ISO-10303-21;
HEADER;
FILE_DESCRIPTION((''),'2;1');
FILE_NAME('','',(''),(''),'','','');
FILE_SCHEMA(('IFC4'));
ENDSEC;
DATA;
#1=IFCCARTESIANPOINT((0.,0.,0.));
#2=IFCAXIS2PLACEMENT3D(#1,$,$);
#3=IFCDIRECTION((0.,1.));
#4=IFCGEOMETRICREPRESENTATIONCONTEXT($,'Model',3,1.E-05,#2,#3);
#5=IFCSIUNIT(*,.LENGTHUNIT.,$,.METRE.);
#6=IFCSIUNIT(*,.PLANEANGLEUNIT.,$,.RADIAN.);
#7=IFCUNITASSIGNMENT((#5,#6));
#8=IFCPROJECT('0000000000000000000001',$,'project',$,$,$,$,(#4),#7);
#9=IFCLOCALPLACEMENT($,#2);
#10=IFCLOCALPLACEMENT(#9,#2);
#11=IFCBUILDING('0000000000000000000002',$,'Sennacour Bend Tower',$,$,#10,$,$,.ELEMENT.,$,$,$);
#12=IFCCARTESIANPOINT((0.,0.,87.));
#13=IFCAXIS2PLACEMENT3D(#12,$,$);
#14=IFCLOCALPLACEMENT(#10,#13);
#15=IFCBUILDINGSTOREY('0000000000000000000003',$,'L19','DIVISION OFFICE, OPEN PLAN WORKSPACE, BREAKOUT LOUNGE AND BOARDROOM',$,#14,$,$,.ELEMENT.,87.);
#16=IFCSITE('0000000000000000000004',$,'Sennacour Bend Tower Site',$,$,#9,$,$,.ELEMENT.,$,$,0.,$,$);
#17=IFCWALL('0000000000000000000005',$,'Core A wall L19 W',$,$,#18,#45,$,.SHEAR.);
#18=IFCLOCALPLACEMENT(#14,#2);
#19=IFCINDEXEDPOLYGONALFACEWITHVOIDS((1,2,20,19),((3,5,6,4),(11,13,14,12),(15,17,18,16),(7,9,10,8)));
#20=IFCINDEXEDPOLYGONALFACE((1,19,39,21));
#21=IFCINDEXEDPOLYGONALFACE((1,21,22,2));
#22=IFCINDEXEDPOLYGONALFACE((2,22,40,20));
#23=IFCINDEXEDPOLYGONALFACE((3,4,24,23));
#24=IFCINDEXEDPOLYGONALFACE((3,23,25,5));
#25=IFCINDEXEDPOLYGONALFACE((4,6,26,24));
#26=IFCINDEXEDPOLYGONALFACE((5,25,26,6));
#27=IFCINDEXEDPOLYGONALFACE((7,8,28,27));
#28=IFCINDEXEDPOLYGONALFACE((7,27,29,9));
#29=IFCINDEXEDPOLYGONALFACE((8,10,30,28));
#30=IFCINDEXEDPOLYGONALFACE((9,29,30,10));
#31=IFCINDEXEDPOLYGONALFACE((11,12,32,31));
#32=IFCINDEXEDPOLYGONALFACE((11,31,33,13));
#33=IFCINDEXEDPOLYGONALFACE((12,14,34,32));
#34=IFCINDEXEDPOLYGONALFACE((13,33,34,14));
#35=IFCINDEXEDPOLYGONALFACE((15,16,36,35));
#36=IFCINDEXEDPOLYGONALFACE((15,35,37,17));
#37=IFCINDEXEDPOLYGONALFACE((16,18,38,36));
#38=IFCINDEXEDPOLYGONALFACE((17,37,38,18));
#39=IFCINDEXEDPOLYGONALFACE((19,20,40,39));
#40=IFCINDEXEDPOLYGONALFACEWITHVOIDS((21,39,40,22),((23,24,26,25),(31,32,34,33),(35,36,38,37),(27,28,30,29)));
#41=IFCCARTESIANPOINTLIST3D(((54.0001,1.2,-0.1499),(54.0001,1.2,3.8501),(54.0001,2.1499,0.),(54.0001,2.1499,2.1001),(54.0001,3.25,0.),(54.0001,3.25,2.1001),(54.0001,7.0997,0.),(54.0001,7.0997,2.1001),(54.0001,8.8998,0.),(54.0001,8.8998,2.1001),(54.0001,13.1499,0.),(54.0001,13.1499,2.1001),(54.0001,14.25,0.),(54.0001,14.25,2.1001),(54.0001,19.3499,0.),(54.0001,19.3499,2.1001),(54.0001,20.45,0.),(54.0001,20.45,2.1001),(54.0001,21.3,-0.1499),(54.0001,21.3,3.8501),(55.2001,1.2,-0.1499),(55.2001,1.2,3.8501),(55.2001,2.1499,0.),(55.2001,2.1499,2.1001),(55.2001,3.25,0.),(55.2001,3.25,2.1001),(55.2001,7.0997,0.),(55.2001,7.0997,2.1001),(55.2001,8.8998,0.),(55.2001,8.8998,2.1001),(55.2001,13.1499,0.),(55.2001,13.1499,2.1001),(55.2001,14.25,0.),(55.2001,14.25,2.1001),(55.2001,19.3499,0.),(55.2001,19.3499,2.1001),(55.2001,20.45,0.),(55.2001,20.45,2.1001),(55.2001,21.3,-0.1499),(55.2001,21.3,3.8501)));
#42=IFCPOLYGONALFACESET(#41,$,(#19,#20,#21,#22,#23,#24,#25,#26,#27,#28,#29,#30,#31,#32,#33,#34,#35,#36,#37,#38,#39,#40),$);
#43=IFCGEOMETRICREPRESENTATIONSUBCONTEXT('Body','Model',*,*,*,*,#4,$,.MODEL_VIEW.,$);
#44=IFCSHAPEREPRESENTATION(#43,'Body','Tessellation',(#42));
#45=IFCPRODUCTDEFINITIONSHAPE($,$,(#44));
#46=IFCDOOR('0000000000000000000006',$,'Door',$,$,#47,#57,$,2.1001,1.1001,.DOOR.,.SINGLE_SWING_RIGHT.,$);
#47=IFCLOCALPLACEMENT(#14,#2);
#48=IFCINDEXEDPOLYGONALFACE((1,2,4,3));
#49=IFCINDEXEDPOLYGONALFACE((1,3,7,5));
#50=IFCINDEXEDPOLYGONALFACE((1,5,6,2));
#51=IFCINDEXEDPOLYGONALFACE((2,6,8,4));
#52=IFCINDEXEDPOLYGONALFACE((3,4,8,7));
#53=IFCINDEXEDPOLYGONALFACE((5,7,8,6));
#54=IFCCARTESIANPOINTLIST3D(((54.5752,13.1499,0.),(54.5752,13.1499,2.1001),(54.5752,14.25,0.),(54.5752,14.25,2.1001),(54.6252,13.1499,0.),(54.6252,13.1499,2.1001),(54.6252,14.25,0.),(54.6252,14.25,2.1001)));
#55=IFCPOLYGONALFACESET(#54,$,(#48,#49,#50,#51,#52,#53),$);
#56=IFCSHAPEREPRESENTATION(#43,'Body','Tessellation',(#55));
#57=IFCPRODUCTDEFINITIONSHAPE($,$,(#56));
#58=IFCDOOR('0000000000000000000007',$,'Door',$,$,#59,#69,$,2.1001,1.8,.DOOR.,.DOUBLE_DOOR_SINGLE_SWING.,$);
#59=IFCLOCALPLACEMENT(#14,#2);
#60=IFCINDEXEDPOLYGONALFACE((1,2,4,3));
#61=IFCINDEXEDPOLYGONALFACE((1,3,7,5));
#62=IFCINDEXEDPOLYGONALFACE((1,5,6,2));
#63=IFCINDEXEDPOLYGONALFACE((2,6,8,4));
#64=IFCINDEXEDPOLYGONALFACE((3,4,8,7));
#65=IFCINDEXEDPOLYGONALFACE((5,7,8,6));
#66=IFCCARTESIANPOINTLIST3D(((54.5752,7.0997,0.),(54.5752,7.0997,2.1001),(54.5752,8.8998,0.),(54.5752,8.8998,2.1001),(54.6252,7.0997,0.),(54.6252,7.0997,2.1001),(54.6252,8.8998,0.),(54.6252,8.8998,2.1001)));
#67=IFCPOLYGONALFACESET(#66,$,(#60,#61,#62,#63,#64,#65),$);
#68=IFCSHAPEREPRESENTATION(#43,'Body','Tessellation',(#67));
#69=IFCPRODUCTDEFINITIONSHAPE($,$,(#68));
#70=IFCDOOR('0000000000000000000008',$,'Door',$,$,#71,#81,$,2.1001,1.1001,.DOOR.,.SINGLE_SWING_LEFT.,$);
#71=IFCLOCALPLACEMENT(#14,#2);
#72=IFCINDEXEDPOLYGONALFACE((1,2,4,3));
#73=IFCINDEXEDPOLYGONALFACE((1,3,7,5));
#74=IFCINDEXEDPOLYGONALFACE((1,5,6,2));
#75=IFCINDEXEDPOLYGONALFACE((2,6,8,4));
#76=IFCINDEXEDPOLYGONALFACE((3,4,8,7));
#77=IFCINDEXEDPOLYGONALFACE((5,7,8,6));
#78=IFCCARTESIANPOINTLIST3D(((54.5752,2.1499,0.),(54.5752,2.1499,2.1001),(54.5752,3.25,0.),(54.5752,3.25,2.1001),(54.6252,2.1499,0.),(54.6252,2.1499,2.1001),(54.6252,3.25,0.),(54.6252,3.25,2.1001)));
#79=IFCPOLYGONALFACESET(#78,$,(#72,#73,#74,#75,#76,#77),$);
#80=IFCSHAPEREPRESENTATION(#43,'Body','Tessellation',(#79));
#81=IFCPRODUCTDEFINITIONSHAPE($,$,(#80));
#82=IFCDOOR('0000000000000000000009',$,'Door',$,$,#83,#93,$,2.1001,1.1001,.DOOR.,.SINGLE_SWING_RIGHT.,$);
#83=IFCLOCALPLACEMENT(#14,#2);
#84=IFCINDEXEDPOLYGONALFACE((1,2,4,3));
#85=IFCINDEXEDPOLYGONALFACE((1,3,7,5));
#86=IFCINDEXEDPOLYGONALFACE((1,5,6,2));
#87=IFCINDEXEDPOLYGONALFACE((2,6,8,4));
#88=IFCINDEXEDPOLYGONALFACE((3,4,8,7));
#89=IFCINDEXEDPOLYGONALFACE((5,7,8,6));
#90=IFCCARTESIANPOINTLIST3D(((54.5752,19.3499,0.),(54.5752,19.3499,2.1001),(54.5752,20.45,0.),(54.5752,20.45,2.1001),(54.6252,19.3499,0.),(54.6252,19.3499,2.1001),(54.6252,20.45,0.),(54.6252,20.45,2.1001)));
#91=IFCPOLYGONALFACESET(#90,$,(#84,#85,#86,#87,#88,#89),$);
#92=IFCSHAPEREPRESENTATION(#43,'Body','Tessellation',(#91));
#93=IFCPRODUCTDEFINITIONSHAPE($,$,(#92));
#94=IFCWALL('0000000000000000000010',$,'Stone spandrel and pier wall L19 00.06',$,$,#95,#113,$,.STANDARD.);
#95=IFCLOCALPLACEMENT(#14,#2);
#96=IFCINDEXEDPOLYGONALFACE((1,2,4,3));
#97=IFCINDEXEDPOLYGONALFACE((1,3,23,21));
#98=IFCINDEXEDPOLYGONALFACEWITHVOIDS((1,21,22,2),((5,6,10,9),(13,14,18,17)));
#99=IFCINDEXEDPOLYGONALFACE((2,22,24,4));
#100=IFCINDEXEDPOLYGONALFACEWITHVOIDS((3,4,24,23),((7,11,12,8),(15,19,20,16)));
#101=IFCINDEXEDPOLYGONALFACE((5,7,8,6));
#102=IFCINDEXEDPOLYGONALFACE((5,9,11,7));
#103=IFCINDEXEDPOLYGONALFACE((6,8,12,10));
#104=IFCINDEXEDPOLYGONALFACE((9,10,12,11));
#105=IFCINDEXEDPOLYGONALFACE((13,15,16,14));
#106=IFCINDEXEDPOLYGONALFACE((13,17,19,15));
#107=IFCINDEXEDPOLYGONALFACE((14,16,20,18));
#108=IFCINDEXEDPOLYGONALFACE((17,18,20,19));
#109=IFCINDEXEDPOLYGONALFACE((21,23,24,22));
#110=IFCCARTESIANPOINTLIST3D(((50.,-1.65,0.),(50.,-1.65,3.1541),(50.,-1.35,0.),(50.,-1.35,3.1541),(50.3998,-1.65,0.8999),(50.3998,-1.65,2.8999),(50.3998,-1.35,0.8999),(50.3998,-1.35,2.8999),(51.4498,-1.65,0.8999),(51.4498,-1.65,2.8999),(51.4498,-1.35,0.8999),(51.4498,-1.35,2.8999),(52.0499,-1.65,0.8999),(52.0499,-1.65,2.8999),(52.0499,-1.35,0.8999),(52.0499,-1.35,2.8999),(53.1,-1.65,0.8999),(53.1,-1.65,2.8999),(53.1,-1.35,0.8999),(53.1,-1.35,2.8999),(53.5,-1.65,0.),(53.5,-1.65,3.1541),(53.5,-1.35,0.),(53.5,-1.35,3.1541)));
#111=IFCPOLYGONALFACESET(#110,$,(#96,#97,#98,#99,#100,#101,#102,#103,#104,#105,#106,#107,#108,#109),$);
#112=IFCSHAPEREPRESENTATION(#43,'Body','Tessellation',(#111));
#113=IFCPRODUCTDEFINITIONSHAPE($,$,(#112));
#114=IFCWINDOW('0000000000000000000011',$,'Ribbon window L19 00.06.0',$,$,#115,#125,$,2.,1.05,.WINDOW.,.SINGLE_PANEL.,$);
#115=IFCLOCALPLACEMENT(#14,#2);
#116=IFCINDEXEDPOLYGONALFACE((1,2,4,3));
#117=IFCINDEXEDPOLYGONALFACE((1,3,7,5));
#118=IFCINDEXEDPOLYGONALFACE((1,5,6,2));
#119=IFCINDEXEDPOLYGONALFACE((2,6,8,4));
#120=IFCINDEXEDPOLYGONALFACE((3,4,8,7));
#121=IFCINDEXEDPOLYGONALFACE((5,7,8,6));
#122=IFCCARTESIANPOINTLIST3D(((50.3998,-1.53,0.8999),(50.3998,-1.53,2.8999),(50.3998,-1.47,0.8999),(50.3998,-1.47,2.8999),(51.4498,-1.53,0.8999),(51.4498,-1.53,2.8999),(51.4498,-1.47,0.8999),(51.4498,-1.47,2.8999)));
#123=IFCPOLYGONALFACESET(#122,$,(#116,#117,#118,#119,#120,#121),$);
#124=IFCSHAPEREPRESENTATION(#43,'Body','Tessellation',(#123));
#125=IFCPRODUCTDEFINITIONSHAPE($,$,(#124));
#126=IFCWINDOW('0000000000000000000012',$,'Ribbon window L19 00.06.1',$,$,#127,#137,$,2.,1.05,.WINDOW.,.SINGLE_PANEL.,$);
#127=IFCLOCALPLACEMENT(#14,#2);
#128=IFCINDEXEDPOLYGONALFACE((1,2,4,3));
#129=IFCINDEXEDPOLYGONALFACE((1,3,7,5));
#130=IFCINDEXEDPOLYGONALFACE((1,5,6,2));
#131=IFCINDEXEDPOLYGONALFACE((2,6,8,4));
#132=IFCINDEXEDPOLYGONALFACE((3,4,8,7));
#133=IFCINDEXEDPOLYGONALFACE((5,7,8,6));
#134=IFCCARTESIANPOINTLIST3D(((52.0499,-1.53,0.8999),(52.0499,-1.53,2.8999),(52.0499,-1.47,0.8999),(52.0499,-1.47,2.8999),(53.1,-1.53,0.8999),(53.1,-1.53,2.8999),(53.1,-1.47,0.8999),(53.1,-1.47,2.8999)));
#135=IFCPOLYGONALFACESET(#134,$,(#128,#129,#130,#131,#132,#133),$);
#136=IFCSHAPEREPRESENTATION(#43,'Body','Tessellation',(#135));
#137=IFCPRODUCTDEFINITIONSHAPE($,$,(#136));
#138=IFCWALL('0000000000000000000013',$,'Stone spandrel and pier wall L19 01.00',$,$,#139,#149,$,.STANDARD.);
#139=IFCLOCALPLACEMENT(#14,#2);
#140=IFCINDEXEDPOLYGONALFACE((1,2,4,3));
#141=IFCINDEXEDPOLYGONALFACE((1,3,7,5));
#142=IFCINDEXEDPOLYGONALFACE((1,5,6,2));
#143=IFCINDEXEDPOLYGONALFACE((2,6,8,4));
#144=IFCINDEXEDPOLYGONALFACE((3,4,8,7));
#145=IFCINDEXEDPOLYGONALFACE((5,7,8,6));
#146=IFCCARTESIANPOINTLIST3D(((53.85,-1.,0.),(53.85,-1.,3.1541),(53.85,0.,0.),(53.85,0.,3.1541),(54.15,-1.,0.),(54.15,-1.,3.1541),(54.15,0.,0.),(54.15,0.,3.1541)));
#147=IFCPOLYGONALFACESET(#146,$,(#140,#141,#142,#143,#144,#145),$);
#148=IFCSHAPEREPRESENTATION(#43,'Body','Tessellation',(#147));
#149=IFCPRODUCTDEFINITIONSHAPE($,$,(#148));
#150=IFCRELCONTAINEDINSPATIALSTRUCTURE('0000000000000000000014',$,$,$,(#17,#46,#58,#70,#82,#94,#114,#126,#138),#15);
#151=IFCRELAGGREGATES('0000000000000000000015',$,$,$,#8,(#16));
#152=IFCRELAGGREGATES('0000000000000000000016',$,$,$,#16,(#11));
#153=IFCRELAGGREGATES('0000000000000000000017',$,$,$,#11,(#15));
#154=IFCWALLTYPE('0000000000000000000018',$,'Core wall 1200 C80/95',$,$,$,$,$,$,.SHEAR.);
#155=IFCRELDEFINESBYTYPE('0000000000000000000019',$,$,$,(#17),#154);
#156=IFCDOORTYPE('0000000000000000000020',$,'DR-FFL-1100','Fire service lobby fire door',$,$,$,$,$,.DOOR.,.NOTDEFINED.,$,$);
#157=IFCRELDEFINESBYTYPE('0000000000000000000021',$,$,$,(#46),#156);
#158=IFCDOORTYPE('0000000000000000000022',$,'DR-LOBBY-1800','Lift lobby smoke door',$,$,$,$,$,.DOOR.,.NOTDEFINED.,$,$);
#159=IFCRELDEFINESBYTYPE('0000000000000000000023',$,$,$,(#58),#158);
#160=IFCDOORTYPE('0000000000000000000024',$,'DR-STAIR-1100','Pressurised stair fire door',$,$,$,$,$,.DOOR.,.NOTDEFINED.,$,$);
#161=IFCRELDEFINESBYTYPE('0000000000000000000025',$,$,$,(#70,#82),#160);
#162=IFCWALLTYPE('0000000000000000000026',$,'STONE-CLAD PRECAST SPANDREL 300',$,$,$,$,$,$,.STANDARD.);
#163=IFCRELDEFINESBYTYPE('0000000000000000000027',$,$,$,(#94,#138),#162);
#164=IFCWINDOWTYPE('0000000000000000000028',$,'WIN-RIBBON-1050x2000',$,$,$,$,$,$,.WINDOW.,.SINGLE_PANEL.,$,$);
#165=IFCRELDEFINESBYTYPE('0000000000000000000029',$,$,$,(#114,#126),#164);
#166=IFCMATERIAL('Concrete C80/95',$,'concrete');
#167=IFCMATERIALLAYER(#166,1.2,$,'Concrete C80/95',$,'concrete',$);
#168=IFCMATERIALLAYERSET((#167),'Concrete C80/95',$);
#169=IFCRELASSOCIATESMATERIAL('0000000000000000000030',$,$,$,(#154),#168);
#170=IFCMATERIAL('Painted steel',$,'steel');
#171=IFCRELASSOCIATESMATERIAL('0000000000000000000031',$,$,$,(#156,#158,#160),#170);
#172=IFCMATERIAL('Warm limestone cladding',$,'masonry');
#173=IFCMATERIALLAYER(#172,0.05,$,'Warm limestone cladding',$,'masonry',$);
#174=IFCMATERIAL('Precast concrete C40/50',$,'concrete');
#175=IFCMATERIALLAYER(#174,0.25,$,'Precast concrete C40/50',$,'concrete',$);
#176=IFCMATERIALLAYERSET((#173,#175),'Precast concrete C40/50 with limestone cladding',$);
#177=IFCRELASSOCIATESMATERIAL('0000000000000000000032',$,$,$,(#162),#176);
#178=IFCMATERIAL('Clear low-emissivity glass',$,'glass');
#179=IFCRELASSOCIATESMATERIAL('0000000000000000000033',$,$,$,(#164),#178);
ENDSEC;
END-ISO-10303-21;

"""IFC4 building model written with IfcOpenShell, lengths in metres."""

from ifc_helpers import new_model, si_unit, direction, frame, frame_2d, origin, place, context, subcontext, project, spatial, rectangle, extrude, material, layer, layer_set, type_object, element, fill, save


model = new_model("IFC4")

# Units and contexts
model_context = context("Model", 3, precision=1e-05, world=origin(), true_north=direction((0.0, 1.0)))
body_context = subcontext(model_context, "Body", "Model", "MODEL_VIEW")
ifc_project = project(units=[si_unit("LENGTHUNIT", "METRE"), si_unit("PLANEANGLEUNIT", "RADIAN")], contexts=[model_context])

# Site, building, storey
site_placement = place(None, origin())
site = spatial("IfcSite", under=ifc_project, at=site_placement, Name="Sennacour Bend Tower Site", CompositionType="ELEMENT", RefElevation=0.0)
building_placement = place(site_placement, origin())
building = spatial("IfcBuilding", under=site, at=building_placement, Name="Sennacour Bend Tower", CompositionType="ELEMENT")
storey_placement = place(building_placement, frame((0.0, 0.0, 87.0)))
storey = spatial("IfcBuildingStorey", under=building, at=storey_placement, Name="L19", Description="DIVISION OFFICE, OPEN PLAN WORKSPACE, BREAKOUT LOUNGE AND BOARDROOM", CompositionType="ELEMENT", Elevation=87.0)

# Wall, openings, doors
ifc_material_1 = material(Name="Concrete C80/95", Category="concrete")
ifc_layer_1 = layer(ifc_material_1, 1.2, Name="Concrete C80/95", Category="concrete")
ifc_layer_set_1 = layer_set([ifc_layer_1], Name="Concrete C80/95")
wall_type_1 = type_object("IfcWallType", Name="Core wall 1200 C80/95", PredefinedType="SHEAR", material=ifc_layer_set_1)
wall_1_placement = place(storey_placement, frame((54.6001, 1.2, -0.1499), z_axis=(0.0, 0.0, 1.0), x_axis=(0.0, 1.0, 0.0)))
wall_1 = element("IfcWall", 1, at=wall_1_placement, inside=storey, type_object=wall_type_1, Name="Core A wall L19 W", PredefinedType="SHEAR", context=body_context, shape_type="SweptSolid", body=[
    extrude(rectangle(XDim=20.1001, YDim=1.2, at=frame_2d((10.05, 0.0))), origin(), (0.0, 0.0, 1.0), 4.0),
])
opening_1_placement = place(wall_1_placement, frame((5.8999, 0.0, 0.1499)))
opening_1 = element("IfcOpeningElement", 2, at=opening_1_placement, cuts=wall_1, PredefinedType="OPENING", context=body_context, shape_type="SweptSolid", body=[
    extrude(rectangle(XDim=1.8, YDim=2.1001, at=frame_2d((0.8999, 1.05))), frame((0.0, 0.6099, 0.0), z_axis=(0.0, -1.0, 0.0), x_axis=(1.0, 0.0, 0.0)), (0.0, 0.0, 1.0), 1.22),
])
opening_2_placement = place(wall_1_placement, frame((11.95, 0.0, 0.1499)))
opening_2 = element("IfcOpeningElement", 3, at=opening_2_placement, cuts=wall_1, PredefinedType="OPENING", context=body_context, shape_type="SweptSolid", body=[
    extrude(rectangle(XDim=1.1001, YDim=2.1001, at=frame_2d((0.55, 1.05))), frame((0.0, 0.6099, 0.0), z_axis=(0.0, -1.0, 0.0), x_axis=(1.0, 0.0, 0.0)), (0.0, 0.0, 1.0), 1.22),
])
opening_3_placement = place(wall_1_placement, frame((0.95, 0.0, 0.1499)))
opening_3 = element("IfcOpeningElement", 4, at=opening_3_placement, cuts=wall_1, PredefinedType="OPENING", context=body_context, shape_type="SweptSolid", body=[
    extrude(rectangle(XDim=1.1001, YDim=2.1001, at=frame_2d((0.55, 1.05))), frame((0.0, 0.6099, 0.0), z_axis=(0.0, -1.0, 0.0), x_axis=(1.0, 0.0, 0.0)), (0.0, 0.0, 1.0), 1.22),
])
opening_4_placement = place(wall_1_placement, frame((18.1499, 0.0, 0.1499)))
opening_4 = element("IfcOpeningElement", 5, at=opening_4_placement, cuts=wall_1, PredefinedType="OPENING", context=body_context, shape_type="SweptSolid", body=[
    extrude(rectangle(XDim=1.1001, YDim=2.1001, at=frame_2d((0.55, 1.05))), frame((0.0, 0.6099, 0.0), z_axis=(0.0, -1.0, 0.0), x_axis=(1.0, 0.0, 0.0)), (0.0, 0.0, 1.0), 1.22),
])
ifc_material_2 = material(Name="Painted steel", Category="steel")
door_type_1 = type_object("IfcDoorType", Name="DR-FFL-1100", Description="Fire service lobby fire door", OperationType="NOTDEFINED", PredefinedType="DOOR", material=ifc_material_2)
door_1_placement = place(opening_2_placement, origin())
door_1 = element("IfcDoor", 6, at=door_1_placement, inside=storey, type_object=door_type_1, Name="Door", OperationType="SINGLE_SWING_RIGHT", OverallHeight=2.1001, OverallWidth=1.1001, PredefinedType="DOOR", context=body_context, shape_type="SweptSolid", body=[
    extrude(rectangle(XDim=1.1001, YDim=2.1001, at=frame_2d((0.55, 1.05))), frame((0.0, 0.0249, 0.0), z_axis=(0.0, -1.0, 0.0), x_axis=(1.0, 0.0, 0.0)), (0.0, 0.0, 1.0), 0.05),
])
fill(opening_2, door_1)
door_type_2 = type_object("IfcDoorType", Name="DR-LOBBY-1800", Description="Lift lobby smoke door", OperationType="NOTDEFINED", PredefinedType="DOOR", material=ifc_material_2)
door_2_placement = place(opening_1_placement, origin())
door_2 = element("IfcDoor", 7, at=door_2_placement, inside=storey, type_object=door_type_2, Name="Door", OperationType="DOUBLE_DOOR_SINGLE_SWING", OverallHeight=2.1001, OverallWidth=1.8, PredefinedType="DOOR", context=body_context, shape_type="SweptSolid", body=[
    extrude(rectangle(XDim=1.8, YDim=2.1001, at=frame_2d((0.8999, 1.05))), frame((0.0, 0.0249, 0.0), z_axis=(0.0, -1.0, 0.0), x_axis=(1.0, 0.0, 0.0)), (0.0, 0.0, 1.0), 0.05),
])
fill(opening_1, door_2)
door_type_3 = type_object("IfcDoorType", Name="DR-STAIR-1100", Description="Pressurised stair fire door", OperationType="NOTDEFINED", PredefinedType="DOOR", material=ifc_material_2)
door_3_placement = place(opening_3_placement, origin())
door_3 = element("IfcDoor", 8, at=door_3_placement, inside=storey, type_object=door_type_3, Name="Door", OperationType="SINGLE_SWING_LEFT", OverallHeight=2.1001, OverallWidth=1.1001, PredefinedType="DOOR", context=body_context, shape_type="SweptSolid", body=[
    extrude(rectangle(XDim=1.1001, YDim=2.1001, at=frame_2d((0.55, 1.05))), frame((0.0, 0.0249, 0.0), z_axis=(0.0, -1.0, 0.0), x_axis=(1.0, 0.0, 0.0)), (0.0, 0.0, 1.0), 0.05),
])
fill(opening_3, door_3)
door_4_placement = place(opening_4_placement, origin())
door_4 = element("IfcDoor", 9, at=door_4_placement, inside=storey, type_object=door_type_3, Name="Door", OperationType="SINGLE_SWING_RIGHT", OverallHeight=2.1001, OverallWidth=1.1001, PredefinedType="DOOR", context=body_context, shape_type="SweptSolid", body=[
    extrude(rectangle(XDim=1.1001, YDim=2.1001, at=frame_2d((0.55, 1.05))), frame((0.0, 0.0249, 0.0), z_axis=(0.0, -1.0, 0.0), x_axis=(1.0, 0.0, 0.0)), (0.0, 0.0, 1.0), 0.05),
])
fill(opening_4, door_4)

# Wall, openings, windows
ifc_material_3 = material(Name="Warm limestone cladding", Category="masonry")
ifc_layer_2 = layer(ifc_material_3, 0.05, Name="Warm limestone cladding", Category="masonry")
ifc_material_4 = material(Name="Precast concrete C40/50", Category="concrete")
ifc_layer_3 = layer(ifc_material_4, 0.25, Name="Precast concrete C40/50", Category="concrete")
ifc_layer_set_2 = layer_set([ifc_layer_2, ifc_layer_3], Name="Precast concrete C40/50 with limestone cladding")
wall_type_2 = type_object("IfcWallType", Name="STONE-CLAD PRECAST SPANDREL 300", PredefinedType="STANDARD", material=ifc_layer_set_2)
wall_2_placement = place(storey_placement, frame((50.0, -1.5, 0.0), z_axis=(0.0, 0.0, 1.0), x_axis=(1.0, 0.0, 0.0)))
wall_2 = element("IfcWall", 10, at=wall_2_placement, inside=storey, type_object=wall_type_2, Name="Stone spandrel and pier wall L19 00.06", PredefinedType="STANDARD", context=body_context, shape_type="SweptSolid", body=[
    extrude(rectangle(XDim=3.5, YDim=0.3, at=frame_2d((1.75, 0.0))), origin(), (0.0, 0.0, 1.0), 3.1541),
])
opening_5_placement = place(wall_2_placement, frame((0.3999, 0.0, 0.8999)))
opening_5 = element("IfcOpeningElement", 11, at=opening_5_placement, cuts=wall_2, PredefinedType="OPENING", context=body_context, shape_type="SweptSolid", body=[
    extrude(rectangle(XDim=1.05, YDim=2.0, at=frame_2d((0.5249, 1.0))), frame((0.0, 0.1602, 0.0), z_axis=(0.0, -1.0, 0.0), x_axis=(1.0, 0.0, 0.0)), (0.0, 0.0, 1.0), 0.3201),
])
opening_6_placement = place(wall_2_placement, frame((2.05, 0.0, 0.8999)))
opening_6 = element("IfcOpeningElement", 12, at=opening_6_placement, cuts=wall_2, PredefinedType="OPENING", context=body_context, shape_type="SweptSolid", body=[
    extrude(rectangle(XDim=1.05, YDim=2.0, at=frame_2d((0.5249, 1.0))), frame((0.0, 0.1602, 0.0), z_axis=(0.0, -1.0, 0.0), x_axis=(1.0, 0.0, 0.0)), (0.0, 0.0, 1.0), 0.3201),
])
ifc_material_5 = material(Name="Clear low-emissivity glass", Category="glass")
window_type = type_object("IfcWindowType", Name="WIN-RIBBON-1050x2000", PartitioningType="SINGLE_PANEL", PredefinedType="WINDOW", material=ifc_material_5)
window_1_placement = place(opening_5_placement, origin())
window_1 = element("IfcWindow", 13, at=window_1_placement, inside=storey, type_object=window_type, Name="Ribbon window L19 00.06.0", OverallHeight=2.0, OverallWidth=1.05, PartitioningType="SINGLE_PANEL", PredefinedType="WINDOW", context=body_context, shape_type="SweptSolid", body=[
    extrude(rectangle(XDim=1.05, YDim=2.0, at=frame_2d((0.5249, 1.0))), frame((0.0, 0.03, 0.0), z_axis=(0.0, -1.0, 0.0), x_axis=(1.0, 0.0, 0.0)), (0.0, 0.0, 1.0), 0.0601),
])
fill(opening_5, window_1)
window_2_placement = place(opening_6_placement, origin())
window_2 = element("IfcWindow", 14, at=window_2_placement, inside=storey, type_object=window_type, Name="Ribbon window L19 00.06.1", OverallHeight=2.0, OverallWidth=1.05, PartitioningType="SINGLE_PANEL", PredefinedType="WINDOW", context=body_context, shape_type="SweptSolid", body=[
    extrude(rectangle(XDim=1.05, YDim=2.0, at=frame_2d((0.5249, 1.0))), frame((0.0, 0.03, 0.0), z_axis=(0.0, -1.0, 0.0), x_axis=(1.0, 0.0, 0.0)), (0.0, 0.0, 1.0), 0.0601),
])
fill(opening_6, window_2)

# Wall
wall_3_placement = place(storey_placement, frame((54.0, -1.0, 0.0), z_axis=(0.0, 0.0, 1.0), x_axis=(0.0, 1.0, 0.0)))
element("IfcWall", 15, at=wall_3_placement, inside=storey, type_object=wall_type_2, Name="Stone spandrel and pier wall L19 01.00", PredefinedType="STANDARD", context=body_context, shape_type="SweptSolid", body=[
    extrude(rectangle(XDim=1.0, YDim=0.3, at=frame_2d((0.5, 0.0))), origin(), (0.0, 0.0, 1.0), 3.1541),
])

save(model, "model.ifc")
